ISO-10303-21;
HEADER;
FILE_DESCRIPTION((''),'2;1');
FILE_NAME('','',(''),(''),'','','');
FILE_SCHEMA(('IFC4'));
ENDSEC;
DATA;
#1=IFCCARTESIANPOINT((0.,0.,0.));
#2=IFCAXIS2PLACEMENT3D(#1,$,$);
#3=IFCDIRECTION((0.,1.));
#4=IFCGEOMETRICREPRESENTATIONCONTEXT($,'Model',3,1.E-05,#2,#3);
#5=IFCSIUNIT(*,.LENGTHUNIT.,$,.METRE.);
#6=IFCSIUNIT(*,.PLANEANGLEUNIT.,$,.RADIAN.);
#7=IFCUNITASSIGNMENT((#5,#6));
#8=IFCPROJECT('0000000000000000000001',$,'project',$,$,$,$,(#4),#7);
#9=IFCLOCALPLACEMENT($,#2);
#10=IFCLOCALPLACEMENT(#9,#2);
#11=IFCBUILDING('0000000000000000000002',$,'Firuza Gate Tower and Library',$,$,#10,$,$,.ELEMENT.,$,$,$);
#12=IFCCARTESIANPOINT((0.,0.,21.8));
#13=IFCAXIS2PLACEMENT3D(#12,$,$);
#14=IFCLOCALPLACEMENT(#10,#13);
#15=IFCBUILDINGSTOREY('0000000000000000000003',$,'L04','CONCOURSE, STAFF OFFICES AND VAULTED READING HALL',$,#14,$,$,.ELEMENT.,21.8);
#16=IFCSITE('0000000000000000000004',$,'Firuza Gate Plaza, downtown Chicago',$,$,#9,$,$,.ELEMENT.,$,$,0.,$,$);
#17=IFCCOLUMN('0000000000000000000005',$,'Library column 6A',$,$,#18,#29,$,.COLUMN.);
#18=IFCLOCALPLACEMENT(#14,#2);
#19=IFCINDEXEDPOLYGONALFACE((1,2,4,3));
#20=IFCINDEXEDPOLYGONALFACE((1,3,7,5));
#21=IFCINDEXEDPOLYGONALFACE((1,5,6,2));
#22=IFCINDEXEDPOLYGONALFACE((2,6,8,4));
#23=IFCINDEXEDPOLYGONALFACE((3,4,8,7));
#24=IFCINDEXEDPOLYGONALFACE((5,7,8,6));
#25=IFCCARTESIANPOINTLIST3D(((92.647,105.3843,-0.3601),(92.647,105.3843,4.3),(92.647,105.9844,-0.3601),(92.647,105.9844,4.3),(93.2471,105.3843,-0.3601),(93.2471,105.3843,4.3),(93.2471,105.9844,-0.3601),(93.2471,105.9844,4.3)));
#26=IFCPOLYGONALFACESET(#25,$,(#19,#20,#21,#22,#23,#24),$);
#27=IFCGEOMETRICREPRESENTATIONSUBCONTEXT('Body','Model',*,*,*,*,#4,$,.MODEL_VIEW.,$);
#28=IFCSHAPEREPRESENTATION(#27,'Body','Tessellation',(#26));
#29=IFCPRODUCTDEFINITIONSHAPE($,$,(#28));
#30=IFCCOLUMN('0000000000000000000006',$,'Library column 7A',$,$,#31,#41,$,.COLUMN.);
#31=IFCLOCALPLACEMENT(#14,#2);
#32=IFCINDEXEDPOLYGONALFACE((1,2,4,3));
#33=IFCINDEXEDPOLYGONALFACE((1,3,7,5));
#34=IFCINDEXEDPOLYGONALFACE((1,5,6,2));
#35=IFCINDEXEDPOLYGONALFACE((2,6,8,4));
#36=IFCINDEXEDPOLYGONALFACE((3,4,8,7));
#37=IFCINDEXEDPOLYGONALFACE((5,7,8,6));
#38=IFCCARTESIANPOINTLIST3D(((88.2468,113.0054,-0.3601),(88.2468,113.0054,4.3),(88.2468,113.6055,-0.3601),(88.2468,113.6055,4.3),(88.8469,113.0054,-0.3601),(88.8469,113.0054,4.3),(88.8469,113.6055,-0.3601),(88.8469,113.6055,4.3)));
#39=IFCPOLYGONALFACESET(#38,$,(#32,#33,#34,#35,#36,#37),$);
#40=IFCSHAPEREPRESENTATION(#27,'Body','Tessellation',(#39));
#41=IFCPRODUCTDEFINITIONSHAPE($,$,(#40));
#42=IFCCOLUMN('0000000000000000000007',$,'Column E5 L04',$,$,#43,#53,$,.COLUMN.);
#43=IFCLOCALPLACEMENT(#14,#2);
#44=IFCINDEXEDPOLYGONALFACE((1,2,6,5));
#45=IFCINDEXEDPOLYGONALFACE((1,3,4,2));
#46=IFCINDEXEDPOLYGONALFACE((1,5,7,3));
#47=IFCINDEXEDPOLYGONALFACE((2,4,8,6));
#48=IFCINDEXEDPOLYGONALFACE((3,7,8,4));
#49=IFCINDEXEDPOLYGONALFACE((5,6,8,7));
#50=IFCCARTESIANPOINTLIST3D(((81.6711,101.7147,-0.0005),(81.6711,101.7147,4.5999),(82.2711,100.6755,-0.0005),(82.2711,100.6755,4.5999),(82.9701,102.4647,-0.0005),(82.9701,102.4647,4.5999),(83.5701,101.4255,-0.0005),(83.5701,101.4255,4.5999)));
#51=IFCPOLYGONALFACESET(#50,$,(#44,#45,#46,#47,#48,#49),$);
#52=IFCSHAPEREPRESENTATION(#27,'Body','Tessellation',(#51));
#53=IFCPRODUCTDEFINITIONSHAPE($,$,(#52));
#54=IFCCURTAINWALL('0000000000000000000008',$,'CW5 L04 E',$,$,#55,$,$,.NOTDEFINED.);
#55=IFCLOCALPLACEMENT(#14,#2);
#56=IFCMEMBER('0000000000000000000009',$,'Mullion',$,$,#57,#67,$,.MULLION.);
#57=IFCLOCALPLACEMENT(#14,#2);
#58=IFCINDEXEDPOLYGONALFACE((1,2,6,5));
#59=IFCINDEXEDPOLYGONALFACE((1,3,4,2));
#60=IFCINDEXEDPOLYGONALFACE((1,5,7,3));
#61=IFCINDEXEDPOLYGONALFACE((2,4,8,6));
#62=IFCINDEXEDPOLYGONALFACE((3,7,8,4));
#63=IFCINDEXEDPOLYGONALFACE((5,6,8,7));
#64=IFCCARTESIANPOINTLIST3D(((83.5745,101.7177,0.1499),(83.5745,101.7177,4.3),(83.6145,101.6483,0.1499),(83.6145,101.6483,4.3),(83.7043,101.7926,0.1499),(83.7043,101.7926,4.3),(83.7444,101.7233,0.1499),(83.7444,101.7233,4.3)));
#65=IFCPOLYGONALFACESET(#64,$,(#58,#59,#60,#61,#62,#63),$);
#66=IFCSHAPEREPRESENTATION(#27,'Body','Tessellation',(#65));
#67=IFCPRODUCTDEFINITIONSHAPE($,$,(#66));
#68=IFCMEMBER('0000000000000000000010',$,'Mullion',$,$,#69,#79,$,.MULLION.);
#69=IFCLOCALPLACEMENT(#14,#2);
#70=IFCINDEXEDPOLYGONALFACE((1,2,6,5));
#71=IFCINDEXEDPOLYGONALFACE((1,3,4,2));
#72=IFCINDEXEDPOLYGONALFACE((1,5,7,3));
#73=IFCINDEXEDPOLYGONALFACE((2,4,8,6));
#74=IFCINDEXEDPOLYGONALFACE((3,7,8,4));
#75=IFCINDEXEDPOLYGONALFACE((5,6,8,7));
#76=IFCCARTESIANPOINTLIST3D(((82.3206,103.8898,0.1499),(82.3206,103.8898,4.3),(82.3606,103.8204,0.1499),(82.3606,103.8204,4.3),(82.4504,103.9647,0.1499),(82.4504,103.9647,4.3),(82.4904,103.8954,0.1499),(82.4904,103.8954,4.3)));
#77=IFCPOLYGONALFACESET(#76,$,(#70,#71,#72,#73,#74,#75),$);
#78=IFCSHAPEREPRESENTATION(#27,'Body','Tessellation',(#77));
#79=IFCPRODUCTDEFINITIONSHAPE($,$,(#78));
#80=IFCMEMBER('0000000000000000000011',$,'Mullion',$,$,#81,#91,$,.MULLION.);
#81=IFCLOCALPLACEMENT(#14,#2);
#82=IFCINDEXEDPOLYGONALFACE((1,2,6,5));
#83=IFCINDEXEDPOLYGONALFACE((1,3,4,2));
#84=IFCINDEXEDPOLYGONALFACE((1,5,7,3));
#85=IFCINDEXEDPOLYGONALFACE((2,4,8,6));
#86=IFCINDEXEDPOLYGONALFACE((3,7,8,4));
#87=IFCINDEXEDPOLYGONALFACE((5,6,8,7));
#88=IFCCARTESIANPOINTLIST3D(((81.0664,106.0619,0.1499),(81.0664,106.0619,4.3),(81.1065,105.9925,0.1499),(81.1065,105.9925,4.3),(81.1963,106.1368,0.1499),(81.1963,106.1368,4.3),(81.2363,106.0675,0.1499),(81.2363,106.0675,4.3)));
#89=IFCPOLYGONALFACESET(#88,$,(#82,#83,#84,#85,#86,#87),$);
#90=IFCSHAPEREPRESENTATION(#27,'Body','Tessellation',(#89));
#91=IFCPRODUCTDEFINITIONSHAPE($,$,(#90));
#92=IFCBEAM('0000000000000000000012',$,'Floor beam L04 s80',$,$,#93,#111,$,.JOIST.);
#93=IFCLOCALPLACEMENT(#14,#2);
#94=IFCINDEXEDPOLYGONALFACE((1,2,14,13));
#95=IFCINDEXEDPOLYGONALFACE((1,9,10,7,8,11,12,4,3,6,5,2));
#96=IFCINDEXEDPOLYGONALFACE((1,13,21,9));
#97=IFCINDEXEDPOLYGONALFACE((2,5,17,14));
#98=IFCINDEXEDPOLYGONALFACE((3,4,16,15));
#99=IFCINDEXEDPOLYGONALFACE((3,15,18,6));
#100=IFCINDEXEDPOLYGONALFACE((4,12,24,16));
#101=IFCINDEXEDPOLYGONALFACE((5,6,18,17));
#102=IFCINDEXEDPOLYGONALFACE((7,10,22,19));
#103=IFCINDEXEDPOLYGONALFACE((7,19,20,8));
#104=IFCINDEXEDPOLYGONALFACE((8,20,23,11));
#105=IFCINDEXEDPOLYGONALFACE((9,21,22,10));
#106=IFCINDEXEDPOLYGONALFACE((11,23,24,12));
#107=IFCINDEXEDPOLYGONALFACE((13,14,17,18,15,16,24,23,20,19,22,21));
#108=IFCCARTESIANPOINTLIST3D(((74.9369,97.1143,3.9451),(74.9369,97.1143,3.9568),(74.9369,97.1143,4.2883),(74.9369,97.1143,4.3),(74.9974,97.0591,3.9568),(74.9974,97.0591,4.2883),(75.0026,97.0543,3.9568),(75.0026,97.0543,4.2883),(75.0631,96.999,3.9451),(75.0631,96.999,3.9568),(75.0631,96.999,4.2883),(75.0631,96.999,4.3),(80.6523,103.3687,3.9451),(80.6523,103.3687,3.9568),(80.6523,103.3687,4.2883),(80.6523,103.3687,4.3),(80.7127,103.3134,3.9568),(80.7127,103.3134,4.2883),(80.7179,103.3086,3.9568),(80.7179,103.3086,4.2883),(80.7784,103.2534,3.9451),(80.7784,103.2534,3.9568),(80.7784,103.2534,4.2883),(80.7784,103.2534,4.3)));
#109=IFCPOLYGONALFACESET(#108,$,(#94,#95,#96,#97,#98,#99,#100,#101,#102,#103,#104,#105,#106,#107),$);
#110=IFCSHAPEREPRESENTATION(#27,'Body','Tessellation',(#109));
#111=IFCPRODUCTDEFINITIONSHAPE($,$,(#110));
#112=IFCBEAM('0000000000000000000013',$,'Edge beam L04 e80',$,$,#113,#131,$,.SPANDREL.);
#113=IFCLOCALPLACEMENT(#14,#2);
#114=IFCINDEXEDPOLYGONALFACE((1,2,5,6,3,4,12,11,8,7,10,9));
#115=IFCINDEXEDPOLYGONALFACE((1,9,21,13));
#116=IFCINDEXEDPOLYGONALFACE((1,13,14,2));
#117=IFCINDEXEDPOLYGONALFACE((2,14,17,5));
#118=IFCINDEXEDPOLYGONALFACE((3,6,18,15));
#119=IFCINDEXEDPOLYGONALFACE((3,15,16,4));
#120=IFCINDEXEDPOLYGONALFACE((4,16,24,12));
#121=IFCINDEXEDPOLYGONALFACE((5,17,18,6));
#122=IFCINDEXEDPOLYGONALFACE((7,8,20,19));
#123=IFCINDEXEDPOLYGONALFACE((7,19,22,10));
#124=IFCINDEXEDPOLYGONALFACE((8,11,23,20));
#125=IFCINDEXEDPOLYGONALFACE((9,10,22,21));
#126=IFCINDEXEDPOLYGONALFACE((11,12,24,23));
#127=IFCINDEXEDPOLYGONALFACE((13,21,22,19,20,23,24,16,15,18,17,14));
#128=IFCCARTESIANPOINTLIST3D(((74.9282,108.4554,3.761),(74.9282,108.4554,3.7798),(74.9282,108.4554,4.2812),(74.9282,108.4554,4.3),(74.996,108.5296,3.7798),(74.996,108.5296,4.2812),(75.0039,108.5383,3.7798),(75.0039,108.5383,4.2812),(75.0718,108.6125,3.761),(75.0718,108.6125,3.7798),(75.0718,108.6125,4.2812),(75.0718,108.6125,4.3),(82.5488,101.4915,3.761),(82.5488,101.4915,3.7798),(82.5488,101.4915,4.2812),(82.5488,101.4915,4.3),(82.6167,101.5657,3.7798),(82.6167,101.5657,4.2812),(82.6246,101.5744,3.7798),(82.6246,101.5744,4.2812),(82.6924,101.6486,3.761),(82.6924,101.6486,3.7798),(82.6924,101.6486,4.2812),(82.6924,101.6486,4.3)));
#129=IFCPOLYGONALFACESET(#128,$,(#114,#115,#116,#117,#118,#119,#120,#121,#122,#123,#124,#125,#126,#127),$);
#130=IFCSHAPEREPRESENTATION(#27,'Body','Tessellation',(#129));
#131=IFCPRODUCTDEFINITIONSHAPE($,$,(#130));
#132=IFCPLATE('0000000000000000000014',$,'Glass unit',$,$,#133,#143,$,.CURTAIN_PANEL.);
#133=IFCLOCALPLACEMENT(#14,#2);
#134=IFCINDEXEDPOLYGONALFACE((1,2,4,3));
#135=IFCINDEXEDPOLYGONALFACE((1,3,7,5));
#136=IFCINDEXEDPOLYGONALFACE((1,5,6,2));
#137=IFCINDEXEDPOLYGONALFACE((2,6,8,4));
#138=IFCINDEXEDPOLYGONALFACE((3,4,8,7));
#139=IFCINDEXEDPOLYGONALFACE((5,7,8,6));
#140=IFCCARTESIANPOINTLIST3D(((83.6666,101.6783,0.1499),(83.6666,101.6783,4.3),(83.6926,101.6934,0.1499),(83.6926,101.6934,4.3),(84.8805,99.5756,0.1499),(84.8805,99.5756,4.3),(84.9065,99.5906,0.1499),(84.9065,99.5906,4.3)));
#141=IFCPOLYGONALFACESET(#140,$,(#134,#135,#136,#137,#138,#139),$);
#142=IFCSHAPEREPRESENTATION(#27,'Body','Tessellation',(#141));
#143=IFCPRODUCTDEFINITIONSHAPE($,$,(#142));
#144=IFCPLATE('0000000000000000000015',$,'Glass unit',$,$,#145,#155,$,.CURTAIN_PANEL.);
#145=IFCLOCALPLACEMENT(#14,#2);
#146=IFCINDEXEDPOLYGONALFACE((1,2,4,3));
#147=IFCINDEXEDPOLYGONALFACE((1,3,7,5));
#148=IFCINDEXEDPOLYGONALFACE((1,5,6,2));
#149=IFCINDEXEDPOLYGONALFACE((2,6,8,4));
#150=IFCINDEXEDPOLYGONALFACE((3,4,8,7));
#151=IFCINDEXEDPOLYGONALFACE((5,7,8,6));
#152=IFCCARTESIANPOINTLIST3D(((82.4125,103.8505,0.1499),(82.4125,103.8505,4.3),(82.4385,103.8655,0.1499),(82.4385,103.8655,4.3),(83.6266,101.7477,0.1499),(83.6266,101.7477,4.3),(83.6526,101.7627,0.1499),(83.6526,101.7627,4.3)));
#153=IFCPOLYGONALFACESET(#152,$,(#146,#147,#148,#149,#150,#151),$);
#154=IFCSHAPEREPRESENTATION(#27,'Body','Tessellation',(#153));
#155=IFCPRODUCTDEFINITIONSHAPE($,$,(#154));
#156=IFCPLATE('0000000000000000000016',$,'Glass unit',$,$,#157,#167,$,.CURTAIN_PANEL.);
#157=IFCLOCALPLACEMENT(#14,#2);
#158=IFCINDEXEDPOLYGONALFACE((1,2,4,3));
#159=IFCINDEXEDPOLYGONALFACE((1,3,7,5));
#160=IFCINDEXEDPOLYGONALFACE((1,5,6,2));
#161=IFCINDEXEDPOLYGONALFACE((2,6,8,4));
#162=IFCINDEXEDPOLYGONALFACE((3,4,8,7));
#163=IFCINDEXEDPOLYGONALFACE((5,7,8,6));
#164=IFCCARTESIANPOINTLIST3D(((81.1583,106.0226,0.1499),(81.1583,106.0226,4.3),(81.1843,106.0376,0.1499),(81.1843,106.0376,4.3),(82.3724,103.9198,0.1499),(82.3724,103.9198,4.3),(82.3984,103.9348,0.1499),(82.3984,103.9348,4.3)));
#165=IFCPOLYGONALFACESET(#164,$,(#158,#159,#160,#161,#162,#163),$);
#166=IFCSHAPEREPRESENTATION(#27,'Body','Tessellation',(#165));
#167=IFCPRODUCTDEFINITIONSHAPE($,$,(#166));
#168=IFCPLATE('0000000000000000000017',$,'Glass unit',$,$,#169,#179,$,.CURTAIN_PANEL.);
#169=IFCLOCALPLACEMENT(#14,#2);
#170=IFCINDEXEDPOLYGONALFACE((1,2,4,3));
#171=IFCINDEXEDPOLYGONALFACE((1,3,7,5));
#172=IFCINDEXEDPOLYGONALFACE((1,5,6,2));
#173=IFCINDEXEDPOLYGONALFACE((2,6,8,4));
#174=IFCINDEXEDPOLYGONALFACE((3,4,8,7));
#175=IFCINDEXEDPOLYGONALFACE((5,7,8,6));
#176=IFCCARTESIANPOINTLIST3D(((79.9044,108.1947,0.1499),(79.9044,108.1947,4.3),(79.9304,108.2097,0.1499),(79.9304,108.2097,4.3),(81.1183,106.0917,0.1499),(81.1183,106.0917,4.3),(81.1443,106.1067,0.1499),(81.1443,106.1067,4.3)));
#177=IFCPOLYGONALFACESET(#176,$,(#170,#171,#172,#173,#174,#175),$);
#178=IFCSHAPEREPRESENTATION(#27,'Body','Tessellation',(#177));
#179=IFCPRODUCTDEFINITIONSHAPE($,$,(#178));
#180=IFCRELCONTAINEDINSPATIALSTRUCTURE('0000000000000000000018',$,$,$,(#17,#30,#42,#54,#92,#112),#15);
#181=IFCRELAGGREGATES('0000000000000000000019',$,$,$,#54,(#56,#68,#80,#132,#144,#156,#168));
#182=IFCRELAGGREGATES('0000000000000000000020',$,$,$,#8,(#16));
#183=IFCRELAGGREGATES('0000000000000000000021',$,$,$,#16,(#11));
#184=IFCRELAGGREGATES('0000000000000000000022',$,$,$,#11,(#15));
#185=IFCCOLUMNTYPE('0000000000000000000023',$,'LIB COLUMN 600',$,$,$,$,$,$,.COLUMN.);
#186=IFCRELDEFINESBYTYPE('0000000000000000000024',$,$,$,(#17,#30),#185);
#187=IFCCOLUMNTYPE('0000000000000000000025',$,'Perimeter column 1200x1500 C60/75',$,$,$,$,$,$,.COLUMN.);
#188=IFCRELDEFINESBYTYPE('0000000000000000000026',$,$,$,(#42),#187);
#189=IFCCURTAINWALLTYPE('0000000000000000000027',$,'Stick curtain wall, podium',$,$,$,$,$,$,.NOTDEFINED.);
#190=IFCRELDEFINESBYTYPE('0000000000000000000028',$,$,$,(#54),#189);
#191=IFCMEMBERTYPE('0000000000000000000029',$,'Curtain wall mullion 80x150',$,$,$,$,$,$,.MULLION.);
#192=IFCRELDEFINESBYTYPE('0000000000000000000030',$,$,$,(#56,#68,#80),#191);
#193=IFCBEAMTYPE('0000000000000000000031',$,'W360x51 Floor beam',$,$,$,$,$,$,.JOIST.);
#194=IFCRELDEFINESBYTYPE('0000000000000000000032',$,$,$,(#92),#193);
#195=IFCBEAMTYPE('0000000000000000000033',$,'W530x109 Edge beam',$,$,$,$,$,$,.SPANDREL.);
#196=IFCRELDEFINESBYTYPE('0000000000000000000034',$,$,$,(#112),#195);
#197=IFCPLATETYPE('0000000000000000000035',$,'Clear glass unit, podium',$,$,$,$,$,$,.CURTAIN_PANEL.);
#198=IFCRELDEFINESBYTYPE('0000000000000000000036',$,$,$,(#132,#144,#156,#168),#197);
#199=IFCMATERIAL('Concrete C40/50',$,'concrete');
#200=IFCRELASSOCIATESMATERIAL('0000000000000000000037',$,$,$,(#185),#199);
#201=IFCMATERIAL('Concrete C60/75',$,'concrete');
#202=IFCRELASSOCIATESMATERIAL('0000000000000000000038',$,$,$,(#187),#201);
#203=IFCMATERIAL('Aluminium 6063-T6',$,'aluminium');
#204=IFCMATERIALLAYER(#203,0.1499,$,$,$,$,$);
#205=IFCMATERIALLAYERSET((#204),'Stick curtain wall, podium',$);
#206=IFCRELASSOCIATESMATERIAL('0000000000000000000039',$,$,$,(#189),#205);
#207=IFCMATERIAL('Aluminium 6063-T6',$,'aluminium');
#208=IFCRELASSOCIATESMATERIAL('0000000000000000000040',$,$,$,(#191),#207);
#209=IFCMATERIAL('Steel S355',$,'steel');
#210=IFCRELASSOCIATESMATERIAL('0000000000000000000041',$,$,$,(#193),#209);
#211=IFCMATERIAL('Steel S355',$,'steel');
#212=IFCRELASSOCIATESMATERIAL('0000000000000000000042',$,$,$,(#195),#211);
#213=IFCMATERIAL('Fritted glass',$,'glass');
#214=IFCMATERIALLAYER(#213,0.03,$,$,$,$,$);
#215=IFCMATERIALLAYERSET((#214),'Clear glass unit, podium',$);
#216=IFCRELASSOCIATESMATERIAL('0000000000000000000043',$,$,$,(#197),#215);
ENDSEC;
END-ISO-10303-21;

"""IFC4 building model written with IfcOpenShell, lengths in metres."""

from ifc_helpers import new_model, si_unit, direction, frame, origin, origin_2d, place, context, subcontext, project, spatial, polyline, rectangle, i_section, outline, extrude, material, layer, layer_set, material_profile, profile_set, type_object, element, aggregate, save


model = new_model("IFC4")

# Units and contexts
model_context = context("Model", 3, precision=1e-05, world=origin(), true_north=direction((0.0, 1.0)))
body_context = subcontext(model_context, "Body", "Model", "MODEL_VIEW")
ifc_project = project(units=[si_unit("LENGTHUNIT", "METRE"), si_unit("PLANEANGLEUNIT", "RADIAN")], contexts=[model_context])

# Site, building, storey
site_placement = place(None, origin())
site = spatial("IfcSite", under=ifc_project, at=site_placement, Name="Firuza Gate Plaza, downtown Chicago", CompositionType="ELEMENT", RefElevation=0.0)
building_placement = place(site_placement, origin())
building = spatial("IfcBuilding", under=site, at=building_placement, Name="Firuza Gate Tower and Library", CompositionType="ELEMENT")
storey_placement = place(building_placement, frame((0.0, 0.0, 21.8)))
storey = spatial("IfcBuildingStorey", under=building, at=storey_placement, Name="L04", Description="CONCOURSE, STAFF OFFICES AND VAULTED READING HALL", CompositionType="ELEMENT", Elevation=21.8)

# Columns
ifc_material_1 = material(Name="Concrete C40/50", Category="concrete")
ifc_material_profile_1 = material_profile(ifc_material_1, rectangle(XDim=0.6001, YDim=0.6001, at=origin_2d()))
ifc_profile_set_1 = profile_set([ifc_material_profile_1], Name="Concrete C40/50")
column_type_1 = type_object("IfcColumnType", Name="LIB COLUMN 600", PredefinedType="COLUMN", material=ifc_profile_set_1)
for number, where, z_axis, x_axis, name in (
    (1, (92.947, 105.6843, -0.3601), (0.0, 0.0, 1.0), (1.0, 0.0, 0.0), "Library column 6A"),
    (2, (88.5469, 113.3054, -0.3601), (0.0, 0.0, 1.0), (1.0, 0.0, 0.0), "Library column 7A"),
):
    element("IfcColumn", number, at=place(storey_placement, frame(where, z_axis=z_axis, x_axis=x_axis)), inside=storey, type_object=column_type_1, Name=name, PredefinedType="COLUMN", context=body_context, shape_type="SweptSolid", body=[
        extrude(rectangle(XDim=0.6001, YDim=0.6001, at=origin_2d()), origin(), (0.0, 0.0, 1.0), 4.6602),
    ])
ifc_material_2 = material(Name="Concrete C60/75", Category="concrete")
ifc_material_profile_2 = material_profile(ifc_material_2, rectangle(XDim=1.2, YDim=1.5, at=origin_2d()))
ifc_profile_set_2 = profile_set([ifc_material_profile_2], Name="Concrete C60/75")
column_type_2 = type_object("IfcColumnType", Name="Perimeter column 1200x1500 C60/75", PredefinedType="COLUMN", material=ifc_profile_set_2)
column_placement = place(storey_placement, frame((82.6206, 101.5701, -0.0005), z_axis=(0.0, 0.0, 1.0), x_axis=(-0.5, 0.866025, 0.0)))
element("IfcColumn", 3, at=column_placement, inside=storey, type_object=column_type_2, Name="Column E5 L04", PredefinedType="COLUMN", context=body_context, shape_type="SweptSolid", body=[
    extrude(rectangle(XDim=1.2, YDim=1.5, at=origin_2d()), origin(), (0.0, 0.0, 1.0), 4.6003),
])

# Curtain wall, members
ifc_material_3 = material(Name="Aluminium 6063-T6", Category="aluminium")
ifc_layer_1 = layer(ifc_material_3, 0.1499)
ifc_layer_set_1 = layer_set([ifc_layer_1], Name="Stick curtain wall, podium")
curtain_wall_type = type_object("IfcCurtainWallType", Name="Stick curtain wall, podium", PredefinedType="NOTDEFINED", material=ifc_layer_set_1)
curtain_wall_placement = place(storey_placement, origin())
curtain_wall = element("IfcCurtainWall", 4, at=curtain_wall_placement, inside=storey, type_object=curtain_wall_type, Name="CW5 L04 E", PredefinedType="NOTDEFINED")
ifc_material_4 = material(Name="Aluminium 6063-T6", Category="aluminium")
ifc_material_profile_3 = material_profile(ifc_material_4, rectangle(XDim=0.1499, YDim=0.0801, at=origin_2d()))
ifc_profile_set_3 = profile_set([ifc_material_profile_3], Name="Aluminium 6063-T6")
member_type = type_object("IfcMemberType", Name="Curtain wall mullion 80x150", PredefinedType="MULLION", material=ifc_profile_set_3)
member_1_placement = place(storey_placement, frame((83.6594, 101.7205, 0.1499), z_axis=(0.0, 0.0, 1.0), x_axis=(-0.866025, -0.5, 0.0)))
member_1 = element("IfcMember", 5, at=member_1_placement, type_object=member_type, Name="Mullion", PredefinedType="MULLION", context=body_context, shape_type="SweptSolid", body=[
    extrude(rectangle(XDim=0.1499, YDim=0.0801, at=origin_2d()), origin(), (0.0, 0.0, 1.0), 4.1501),
])
member_2_placement = place(storey_placement, frame((82.4055, 103.8926, 0.1499), z_axis=(0.0, 0.0, 1.0), x_axis=(-0.866025, -0.5, 0.0)))
member_2 = element("IfcMember", 6, at=member_2_placement, type_object=member_type, Name="Mullion", PredefinedType="MULLION", context=body_context, shape_type="SweptSolid", body=[
    extrude(rectangle(XDim=0.1499, YDim=0.0801, at=origin_2d()), origin(), (0.0, 0.0, 1.0), 4.1501),
])
member_3_placement = place(storey_placement, frame((81.1514, 106.0647, 0.1499), z_axis=(0.0, 0.0, 1.0), x_axis=(-0.866025, -0.5, 0.0)))
member_3 = element("IfcMember", 7, at=member_3_placement, type_object=member_type, Name="Mullion", PredefinedType="MULLION", context=body_context, shape_type="SweptSolid", body=[
    extrude(rectangle(XDim=0.1499, YDim=0.0801, at=origin_2d()), origin(), (0.0, 0.0, 1.0), 4.1501),
])

# Beams
ifc_material_5 = material(Name="Steel S355", Category="steel")
ifc_material_profile_4 = material_profile(ifc_material_5, i_section(OverallWidth=0.1709, OverallDepth=0.355, WebThickness=0.0071, FlangeThickness=0.0117, at=origin_2d()))
ifc_profile_set_4 = profile_set([ifc_material_profile_4], Name="Steel S355")
beam_type_1 = type_object("IfcBeamType", Name="W360x51 Floor beam", PredefinedType="JOIST", material=ifc_profile_set_4)
beam_1_placement = place(storey_placement, frame((80.7153, 103.311, 4.1226), z_axis=(-0.674578, -0.738203, 0.0), x_axis=(0.738203, -0.674578, 0.0)))
element("IfcBeam", 8, at=beam_1_placement, inside=storey, type_object=beam_type_1, Name="Floor beam L04 s80", PredefinedType="JOIST", context=body_context, shape_type="SweptSolid", body=[
    extrude(i_section(OverallWidth=0.1709, OverallDepth=0.355, WebThickness=0.0071, FlangeThickness=0.0117, at=origin_2d()), origin(), (0.0, 0.0, 1.0), 8.4724),
])
ifc_material_6 = material(Name="Steel S355", Category="steel")
ifc_material_profile_5 = material_profile(ifc_material_6, i_section(OverallWidth=0.2129, OverallDepth=0.5391, WebThickness=0.0117, FlangeThickness=0.0188, at=origin_2d()))
ifc_profile_set_5 = profile_set([ifc_material_profile_5], Name="Steel S355")
beam_type_2 = type_object("IfcBeamType", Name="W530x109 Edge beam", PredefinedType="SPANDREL", material=ifc_profile_set_5)
beam_2_placement = place(storey_placement, frame((82.6206, 101.5701, 4.0305), z_axis=(-0.7382, 0.674582, 0.0), x_axis=(-0.674582, -0.7382, 0.0)))
element("IfcBeam", 9, at=beam_2_placement, inside=storey, type_object=beam_type_2, Name="Edge beam L04 e80", PredefinedType="SPANDREL", context=body_context, shape_type="SweptSolid", body=[
    extrude(i_section(OverallWidth=0.2129, OverallDepth=0.5391, WebThickness=0.0117, FlangeThickness=0.0188, at=origin_2d()), origin(), (0.0, 0.0, 1.0), 10.3232),
])

# Plates
ifc_material_7 = material(Name="Fritted glass", Category="glass")
ifc_layer_2 = layer(ifc_material_7, 0.03)
ifc_layer_set_2 = layer_set([ifc_layer_2], Name="Clear glass unit, podium")
plate_type = type_object("IfcPlateType", Name="Clear glass unit, podium", PredefinedType="CURTAIN_PANEL", material=ifc_layer_set_2)
plate_1_placement = place(storey_placement, frame((84.9065, 99.5906, 0.1499), z_axis=(0.866057, 0.499946, 0.0), x_axis=(-0.499946, 0.866057, 0.0)))
plate_1 = element("IfcPlate", 10, at=plate_1_placement, type_object=plate_type, Name="Glass unit", PredefinedType="CURTAIN_PANEL", context=body_context, shape_type="SweptSolid", body=[
    extrude(outline(polyline([(0.0, 0.0), (2.428, 0.0), (2.428, 4.1501), (0.0, 4.1501), (0.0, 0.0)])), origin(), (0.0, 0.0, -1.0), 0.03),
])
plate_2_placement = place(storey_placement, frame((83.6526, 101.7627, 0.1499), z_axis=(0.866013, 0.500021, 0.0), x_axis=(-0.500021, 0.866013, 0.0)))
plate_2 = element("IfcPlate", 11, at=plate_2_placement, type_object=plate_type, Name="Glass unit", PredefinedType="CURTAIN_PANEL", context=body_context, shape_type="SweptSolid", body=[
    extrude(outline(polyline([(0.0, 0.0), (2.4281, 0.0), (2.4281, 4.1501), (0.0, 4.1501), (0.0, 0.0)])), origin(), (0.0, 0.0, -1.0), 0.03),
])
plate_3_placement = place(storey_placement, frame((82.3984, 103.9348, 0.1499), z_axis=(0.866013, 0.500021, 0.0), x_axis=(-0.500021, 0.866013, 0.0)))
plate_3 = element("IfcPlate", 12, at=plate_3_placement, type_object=plate_type, Name="Glass unit", PredefinedType="CURTAIN_PANEL", context=body_context, shape_type="SweptSolid", body=[
    extrude(outline(polyline([(0.0, 0.0), (2.4281, 0.0), (2.4281, 4.1501), (0.0, 4.1501), (0.0, 0.0)])), origin(), (0.0, 0.0, -1.0), 0.03),
])
plate_4_placement = place(storey_placement, frame((81.1443, 106.1067, 0.1499), z_axis=(0.866082, 0.499902, 0.0), x_axis=(-0.499902, 0.866082, 0.0)))
plate_4 = element("IfcPlate", 13, at=plate_4_placement, type_object=plate_type, Name="Glass unit", PredefinedType="CURTAIN_PANEL", context=body_context, shape_type="SweptSolid", body=[
    extrude(outline(polyline([(0.0, 0.0), (2.4282, 0.0), (2.4282, 4.1501), (0.0, 4.1501), (0.0, 0.0)])), origin(), (0.0, 0.0, -1.0), 0.03),
])
aggregate(curtain_wall, [member_1, member_2, member_3, plate_1, plate_2, plate_3, plate_4])

save(model, "model.ifc")
